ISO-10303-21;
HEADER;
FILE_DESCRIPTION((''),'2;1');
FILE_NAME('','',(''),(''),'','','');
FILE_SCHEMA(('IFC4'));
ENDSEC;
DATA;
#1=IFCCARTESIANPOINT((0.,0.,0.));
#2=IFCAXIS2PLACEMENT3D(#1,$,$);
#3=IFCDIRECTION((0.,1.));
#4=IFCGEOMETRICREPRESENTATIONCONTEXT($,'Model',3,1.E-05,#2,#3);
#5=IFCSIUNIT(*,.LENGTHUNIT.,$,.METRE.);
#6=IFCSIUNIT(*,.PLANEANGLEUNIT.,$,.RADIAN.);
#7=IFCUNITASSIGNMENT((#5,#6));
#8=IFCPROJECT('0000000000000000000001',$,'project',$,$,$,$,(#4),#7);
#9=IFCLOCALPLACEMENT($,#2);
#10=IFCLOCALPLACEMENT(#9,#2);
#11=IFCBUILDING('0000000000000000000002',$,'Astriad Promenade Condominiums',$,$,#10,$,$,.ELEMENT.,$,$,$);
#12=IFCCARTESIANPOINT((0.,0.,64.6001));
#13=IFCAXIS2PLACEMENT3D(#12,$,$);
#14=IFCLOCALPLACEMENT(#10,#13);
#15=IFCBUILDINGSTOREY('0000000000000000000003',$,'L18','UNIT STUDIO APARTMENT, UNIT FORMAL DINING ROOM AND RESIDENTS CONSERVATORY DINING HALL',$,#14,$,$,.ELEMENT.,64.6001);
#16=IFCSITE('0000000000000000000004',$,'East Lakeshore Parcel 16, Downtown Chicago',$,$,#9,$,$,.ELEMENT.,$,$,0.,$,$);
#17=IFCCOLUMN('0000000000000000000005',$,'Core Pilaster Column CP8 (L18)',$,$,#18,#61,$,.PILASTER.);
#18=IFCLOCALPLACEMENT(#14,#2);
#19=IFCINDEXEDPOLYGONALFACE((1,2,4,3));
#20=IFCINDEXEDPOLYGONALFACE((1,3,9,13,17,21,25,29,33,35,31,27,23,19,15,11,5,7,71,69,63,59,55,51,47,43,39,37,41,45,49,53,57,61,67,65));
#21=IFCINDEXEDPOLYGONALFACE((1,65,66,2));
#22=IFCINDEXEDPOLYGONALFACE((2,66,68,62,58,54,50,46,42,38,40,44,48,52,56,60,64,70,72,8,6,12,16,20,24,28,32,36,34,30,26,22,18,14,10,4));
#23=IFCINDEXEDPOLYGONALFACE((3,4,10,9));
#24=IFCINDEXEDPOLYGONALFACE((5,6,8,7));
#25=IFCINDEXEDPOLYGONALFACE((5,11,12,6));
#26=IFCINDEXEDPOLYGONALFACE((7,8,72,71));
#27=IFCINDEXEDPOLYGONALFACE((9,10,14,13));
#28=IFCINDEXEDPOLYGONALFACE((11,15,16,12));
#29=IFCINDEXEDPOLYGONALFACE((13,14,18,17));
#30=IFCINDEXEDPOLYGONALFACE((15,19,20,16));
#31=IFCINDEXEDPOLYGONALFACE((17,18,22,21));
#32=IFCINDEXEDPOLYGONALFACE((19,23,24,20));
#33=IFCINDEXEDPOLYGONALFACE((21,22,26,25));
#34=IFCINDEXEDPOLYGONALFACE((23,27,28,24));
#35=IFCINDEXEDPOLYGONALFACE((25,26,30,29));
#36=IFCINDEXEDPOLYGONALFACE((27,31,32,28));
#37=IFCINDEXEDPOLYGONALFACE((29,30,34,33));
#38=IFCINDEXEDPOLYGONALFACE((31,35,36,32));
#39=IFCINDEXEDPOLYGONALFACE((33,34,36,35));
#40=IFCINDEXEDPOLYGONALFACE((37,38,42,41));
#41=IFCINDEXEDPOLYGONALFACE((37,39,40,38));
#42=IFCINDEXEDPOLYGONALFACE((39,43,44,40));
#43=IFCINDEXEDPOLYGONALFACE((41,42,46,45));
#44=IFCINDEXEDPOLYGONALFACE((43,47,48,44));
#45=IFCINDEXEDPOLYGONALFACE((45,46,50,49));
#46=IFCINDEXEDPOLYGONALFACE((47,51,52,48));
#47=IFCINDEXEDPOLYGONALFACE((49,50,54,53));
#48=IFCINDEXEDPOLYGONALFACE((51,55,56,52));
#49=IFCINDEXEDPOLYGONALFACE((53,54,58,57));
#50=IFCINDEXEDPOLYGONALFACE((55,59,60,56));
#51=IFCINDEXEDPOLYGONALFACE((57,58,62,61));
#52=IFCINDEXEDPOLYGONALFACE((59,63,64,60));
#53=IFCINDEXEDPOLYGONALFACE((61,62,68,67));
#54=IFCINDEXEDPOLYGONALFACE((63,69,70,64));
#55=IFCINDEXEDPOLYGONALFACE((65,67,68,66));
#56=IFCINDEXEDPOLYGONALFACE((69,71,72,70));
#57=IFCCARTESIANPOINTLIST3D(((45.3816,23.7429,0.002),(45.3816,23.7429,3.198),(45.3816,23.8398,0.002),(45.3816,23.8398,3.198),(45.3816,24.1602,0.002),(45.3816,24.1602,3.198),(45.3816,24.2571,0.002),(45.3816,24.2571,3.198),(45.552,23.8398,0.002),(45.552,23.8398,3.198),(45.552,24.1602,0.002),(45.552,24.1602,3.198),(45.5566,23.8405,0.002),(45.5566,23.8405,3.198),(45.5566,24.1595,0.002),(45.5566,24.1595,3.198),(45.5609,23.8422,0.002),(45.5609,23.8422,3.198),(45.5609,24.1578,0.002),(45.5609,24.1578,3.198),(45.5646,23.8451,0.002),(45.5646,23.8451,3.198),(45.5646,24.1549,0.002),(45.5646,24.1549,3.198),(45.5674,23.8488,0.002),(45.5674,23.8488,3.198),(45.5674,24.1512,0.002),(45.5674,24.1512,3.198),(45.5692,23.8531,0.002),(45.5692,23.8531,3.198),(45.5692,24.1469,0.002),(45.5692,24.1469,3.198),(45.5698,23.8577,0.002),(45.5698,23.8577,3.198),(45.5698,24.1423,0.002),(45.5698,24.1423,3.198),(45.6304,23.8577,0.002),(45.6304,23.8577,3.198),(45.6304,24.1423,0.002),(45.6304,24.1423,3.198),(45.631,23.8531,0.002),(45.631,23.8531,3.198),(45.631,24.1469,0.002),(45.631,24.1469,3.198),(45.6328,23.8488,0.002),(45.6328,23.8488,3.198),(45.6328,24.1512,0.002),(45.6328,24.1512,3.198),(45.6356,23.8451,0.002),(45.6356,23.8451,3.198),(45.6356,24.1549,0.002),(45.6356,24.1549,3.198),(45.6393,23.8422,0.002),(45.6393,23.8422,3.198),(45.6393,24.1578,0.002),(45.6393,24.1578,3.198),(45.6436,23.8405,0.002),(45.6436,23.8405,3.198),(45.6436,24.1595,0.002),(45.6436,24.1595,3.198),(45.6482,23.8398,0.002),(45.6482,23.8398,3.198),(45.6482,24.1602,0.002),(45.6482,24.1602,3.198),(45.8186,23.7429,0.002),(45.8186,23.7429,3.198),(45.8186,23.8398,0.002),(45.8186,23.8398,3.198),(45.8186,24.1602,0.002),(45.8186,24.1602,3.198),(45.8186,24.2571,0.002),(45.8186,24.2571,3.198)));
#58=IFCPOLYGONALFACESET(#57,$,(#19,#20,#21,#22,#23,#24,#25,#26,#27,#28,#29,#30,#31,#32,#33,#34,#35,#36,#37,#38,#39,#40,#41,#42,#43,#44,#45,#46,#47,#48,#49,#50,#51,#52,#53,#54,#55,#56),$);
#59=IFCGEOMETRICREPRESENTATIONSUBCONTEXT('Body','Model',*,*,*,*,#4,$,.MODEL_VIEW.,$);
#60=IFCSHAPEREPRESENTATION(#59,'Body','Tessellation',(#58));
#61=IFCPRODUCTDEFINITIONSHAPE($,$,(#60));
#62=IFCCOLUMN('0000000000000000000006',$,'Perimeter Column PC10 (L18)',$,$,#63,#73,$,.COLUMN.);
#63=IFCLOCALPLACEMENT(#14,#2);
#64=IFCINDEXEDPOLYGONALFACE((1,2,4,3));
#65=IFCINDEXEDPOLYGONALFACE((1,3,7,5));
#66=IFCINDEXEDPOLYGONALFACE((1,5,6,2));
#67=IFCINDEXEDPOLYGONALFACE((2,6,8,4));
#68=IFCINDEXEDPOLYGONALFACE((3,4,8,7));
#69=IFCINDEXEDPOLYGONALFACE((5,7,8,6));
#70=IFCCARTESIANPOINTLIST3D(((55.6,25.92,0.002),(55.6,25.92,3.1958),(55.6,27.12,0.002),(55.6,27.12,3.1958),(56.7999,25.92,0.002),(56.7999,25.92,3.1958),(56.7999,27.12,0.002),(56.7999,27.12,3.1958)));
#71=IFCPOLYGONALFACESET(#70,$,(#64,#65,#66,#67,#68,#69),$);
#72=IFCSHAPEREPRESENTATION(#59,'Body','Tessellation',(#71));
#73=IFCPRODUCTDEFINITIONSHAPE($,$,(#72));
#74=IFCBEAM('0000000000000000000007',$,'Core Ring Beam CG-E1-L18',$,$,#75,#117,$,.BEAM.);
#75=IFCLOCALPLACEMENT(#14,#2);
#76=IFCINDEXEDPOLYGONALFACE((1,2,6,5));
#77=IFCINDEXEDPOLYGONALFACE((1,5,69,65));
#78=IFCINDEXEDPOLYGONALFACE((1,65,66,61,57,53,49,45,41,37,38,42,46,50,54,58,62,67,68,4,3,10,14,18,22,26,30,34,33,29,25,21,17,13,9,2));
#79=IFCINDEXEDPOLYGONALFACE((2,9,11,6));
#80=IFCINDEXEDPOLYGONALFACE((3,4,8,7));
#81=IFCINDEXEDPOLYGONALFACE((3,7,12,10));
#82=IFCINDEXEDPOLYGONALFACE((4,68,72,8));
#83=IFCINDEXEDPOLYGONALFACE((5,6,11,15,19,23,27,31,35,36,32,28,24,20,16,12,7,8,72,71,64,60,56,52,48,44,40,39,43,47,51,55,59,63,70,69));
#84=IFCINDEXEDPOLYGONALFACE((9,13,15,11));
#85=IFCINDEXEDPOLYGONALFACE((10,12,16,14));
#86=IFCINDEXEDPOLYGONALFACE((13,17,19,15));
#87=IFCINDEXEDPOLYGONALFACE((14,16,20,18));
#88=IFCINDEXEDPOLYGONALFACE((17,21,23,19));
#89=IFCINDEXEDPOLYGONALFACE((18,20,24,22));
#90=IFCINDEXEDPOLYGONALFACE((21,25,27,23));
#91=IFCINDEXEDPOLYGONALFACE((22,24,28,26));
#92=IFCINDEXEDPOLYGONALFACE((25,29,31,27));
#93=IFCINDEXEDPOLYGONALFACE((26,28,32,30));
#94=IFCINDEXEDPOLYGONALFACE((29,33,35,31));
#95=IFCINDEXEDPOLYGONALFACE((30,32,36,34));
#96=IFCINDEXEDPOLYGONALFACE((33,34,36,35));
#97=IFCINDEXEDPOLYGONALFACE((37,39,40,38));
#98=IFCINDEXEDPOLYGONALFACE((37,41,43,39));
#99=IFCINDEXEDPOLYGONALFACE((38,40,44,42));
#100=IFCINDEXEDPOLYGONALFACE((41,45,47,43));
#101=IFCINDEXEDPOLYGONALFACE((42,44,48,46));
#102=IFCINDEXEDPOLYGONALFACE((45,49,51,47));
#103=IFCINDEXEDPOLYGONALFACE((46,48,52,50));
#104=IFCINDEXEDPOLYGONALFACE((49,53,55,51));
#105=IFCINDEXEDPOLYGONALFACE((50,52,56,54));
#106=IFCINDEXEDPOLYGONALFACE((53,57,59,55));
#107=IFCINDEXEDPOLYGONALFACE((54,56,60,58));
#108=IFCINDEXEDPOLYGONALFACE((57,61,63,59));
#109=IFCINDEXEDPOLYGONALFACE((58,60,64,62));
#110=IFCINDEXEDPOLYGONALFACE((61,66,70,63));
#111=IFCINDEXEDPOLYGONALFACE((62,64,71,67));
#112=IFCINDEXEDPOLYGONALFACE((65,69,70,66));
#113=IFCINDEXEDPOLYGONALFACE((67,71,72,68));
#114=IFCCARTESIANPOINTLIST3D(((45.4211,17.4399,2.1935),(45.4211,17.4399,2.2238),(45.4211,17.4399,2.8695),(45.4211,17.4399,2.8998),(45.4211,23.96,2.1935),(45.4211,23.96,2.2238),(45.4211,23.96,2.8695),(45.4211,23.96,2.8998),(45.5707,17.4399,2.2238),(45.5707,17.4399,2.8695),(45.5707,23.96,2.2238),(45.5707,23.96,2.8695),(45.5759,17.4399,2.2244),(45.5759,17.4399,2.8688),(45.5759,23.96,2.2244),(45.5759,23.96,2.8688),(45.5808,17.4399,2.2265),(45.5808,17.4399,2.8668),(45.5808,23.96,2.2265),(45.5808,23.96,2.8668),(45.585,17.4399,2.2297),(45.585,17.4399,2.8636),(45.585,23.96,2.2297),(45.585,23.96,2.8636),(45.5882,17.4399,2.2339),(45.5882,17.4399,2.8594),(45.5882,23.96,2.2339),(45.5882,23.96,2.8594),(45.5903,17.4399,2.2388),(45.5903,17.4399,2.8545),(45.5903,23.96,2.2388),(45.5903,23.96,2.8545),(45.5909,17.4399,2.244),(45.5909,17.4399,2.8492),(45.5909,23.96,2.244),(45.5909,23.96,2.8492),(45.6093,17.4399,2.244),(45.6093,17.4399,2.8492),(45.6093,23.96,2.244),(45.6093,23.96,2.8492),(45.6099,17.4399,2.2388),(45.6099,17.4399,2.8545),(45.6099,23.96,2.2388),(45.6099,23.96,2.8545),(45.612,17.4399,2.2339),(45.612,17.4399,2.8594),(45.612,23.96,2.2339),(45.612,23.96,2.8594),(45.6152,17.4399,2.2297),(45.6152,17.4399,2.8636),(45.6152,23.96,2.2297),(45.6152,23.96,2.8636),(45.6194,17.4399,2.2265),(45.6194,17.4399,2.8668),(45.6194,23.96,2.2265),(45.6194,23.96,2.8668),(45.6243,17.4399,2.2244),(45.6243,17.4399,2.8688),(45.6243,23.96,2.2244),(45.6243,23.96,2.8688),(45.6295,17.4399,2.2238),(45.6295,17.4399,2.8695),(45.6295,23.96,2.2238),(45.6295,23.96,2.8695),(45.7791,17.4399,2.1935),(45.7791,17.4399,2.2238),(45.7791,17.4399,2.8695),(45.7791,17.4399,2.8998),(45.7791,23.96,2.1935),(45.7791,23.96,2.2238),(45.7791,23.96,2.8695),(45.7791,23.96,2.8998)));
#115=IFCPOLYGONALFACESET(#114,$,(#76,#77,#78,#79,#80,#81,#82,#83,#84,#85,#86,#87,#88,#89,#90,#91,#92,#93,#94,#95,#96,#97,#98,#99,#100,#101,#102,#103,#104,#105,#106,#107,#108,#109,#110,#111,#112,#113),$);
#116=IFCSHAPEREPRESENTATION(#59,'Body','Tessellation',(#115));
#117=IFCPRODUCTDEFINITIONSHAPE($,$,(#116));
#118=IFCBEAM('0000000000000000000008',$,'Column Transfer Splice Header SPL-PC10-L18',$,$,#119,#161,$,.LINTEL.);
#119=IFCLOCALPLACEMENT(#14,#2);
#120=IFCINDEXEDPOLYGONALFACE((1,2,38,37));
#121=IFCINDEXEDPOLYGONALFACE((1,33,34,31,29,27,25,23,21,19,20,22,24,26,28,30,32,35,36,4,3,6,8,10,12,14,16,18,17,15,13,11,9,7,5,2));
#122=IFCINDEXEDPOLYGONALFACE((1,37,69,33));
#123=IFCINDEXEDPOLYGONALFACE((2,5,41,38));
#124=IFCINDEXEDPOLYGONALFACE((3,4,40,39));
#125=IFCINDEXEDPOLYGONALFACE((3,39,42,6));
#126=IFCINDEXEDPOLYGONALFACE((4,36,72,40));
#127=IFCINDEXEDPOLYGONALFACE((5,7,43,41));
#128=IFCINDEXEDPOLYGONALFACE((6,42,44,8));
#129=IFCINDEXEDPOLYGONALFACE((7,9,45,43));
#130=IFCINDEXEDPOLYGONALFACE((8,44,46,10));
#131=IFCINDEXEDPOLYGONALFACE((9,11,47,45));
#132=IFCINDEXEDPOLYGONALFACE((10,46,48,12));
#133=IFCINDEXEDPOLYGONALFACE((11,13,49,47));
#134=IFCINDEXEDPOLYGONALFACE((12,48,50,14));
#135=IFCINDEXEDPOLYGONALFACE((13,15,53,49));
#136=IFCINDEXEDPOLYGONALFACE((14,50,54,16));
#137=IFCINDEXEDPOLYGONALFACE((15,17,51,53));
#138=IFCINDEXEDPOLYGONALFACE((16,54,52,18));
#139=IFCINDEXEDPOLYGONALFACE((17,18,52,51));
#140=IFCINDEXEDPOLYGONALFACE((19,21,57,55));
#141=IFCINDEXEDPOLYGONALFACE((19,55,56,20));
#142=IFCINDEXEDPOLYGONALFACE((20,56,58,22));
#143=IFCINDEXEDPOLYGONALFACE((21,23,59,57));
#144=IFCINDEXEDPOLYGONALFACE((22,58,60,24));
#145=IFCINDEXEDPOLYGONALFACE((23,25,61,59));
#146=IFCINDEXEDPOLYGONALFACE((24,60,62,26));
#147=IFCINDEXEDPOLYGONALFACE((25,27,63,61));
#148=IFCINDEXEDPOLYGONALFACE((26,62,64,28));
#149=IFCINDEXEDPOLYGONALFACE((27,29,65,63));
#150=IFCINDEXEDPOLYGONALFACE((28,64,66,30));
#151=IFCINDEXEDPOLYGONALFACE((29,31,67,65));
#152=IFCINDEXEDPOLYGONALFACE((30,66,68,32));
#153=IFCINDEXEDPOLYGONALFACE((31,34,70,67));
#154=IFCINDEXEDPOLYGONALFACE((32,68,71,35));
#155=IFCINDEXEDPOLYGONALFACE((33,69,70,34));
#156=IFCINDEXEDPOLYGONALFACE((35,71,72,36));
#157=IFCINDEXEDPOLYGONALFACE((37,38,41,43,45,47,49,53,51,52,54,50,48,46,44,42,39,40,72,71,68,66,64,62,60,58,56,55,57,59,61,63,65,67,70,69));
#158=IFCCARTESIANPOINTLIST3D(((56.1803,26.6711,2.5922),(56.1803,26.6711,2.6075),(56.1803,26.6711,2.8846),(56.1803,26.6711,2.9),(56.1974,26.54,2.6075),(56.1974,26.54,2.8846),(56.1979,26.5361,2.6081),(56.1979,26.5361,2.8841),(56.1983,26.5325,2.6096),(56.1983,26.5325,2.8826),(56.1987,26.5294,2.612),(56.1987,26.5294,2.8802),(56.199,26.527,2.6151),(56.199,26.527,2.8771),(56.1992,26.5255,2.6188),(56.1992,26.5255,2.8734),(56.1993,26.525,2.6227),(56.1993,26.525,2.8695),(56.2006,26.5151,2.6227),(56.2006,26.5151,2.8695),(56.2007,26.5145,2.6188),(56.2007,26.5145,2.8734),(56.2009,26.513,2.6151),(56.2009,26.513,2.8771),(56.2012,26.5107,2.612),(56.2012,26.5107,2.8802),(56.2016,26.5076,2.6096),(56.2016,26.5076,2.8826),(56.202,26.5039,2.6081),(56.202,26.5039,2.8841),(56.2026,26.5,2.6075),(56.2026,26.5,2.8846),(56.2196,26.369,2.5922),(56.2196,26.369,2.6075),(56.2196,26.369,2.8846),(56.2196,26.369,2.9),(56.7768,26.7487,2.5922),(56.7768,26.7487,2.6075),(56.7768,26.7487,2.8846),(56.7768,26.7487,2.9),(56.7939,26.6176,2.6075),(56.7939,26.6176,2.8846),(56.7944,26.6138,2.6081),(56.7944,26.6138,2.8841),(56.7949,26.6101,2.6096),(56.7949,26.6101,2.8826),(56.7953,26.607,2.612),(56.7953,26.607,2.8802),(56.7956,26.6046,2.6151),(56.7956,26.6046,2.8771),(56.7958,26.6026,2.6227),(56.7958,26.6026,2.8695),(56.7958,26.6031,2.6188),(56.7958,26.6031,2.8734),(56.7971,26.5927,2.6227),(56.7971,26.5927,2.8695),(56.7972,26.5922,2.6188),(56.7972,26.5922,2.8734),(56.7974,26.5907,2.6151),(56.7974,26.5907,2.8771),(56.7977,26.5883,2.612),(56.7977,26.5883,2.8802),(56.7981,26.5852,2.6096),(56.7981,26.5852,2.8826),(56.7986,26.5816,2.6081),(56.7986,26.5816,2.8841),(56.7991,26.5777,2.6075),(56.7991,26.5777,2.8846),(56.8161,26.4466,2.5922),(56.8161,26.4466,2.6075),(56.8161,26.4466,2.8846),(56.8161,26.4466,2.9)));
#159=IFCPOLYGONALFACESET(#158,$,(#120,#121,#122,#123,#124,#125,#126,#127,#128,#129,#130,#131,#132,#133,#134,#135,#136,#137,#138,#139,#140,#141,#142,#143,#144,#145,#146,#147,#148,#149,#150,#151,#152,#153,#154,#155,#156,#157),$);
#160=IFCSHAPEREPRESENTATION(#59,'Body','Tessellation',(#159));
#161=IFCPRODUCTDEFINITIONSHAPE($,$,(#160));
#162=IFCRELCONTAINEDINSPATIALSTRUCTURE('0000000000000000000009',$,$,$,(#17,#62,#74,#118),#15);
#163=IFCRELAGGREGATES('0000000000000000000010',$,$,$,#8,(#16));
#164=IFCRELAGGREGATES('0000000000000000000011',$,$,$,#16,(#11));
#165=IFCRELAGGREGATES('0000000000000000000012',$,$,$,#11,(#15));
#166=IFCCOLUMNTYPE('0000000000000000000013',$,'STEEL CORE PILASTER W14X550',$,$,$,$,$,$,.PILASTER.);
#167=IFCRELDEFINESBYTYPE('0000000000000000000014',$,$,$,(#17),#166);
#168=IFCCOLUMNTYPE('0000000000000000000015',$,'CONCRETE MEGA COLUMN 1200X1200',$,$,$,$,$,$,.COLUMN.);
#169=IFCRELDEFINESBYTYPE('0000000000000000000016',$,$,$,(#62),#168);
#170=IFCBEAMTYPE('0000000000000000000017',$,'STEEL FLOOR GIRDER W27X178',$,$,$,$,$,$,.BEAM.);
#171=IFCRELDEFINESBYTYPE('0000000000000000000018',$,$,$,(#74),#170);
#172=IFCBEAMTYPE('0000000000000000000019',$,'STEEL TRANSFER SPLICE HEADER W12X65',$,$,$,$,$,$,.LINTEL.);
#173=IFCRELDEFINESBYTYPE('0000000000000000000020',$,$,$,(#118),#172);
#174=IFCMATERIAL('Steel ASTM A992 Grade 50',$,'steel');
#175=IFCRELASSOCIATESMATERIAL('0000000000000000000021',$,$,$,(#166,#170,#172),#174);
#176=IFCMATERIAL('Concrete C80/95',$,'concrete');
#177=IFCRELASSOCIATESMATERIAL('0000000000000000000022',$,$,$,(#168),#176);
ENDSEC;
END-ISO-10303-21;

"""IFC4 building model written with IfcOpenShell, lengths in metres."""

from ifc_helpers import new_model, si_unit, direction, frame, origin, origin_2d, place, context, subcontext, project, spatial, rectangle, i_section, extrude, source, transform, mapped, material, material_profile, profile_set, type_object, type_shapes, element, save


model = new_model("IFC4")

# Units and contexts
model_context = context("Model", 3, precision=1e-05, world=origin(), true_north=direction((0.0, 1.0)))
body_context = subcontext(model_context, "Body", "Model", "MODEL_VIEW")
ifc_project = project(units=[si_unit("LENGTHUNIT", "METRE"), si_unit("PLANEANGLEUNIT", "RADIAN")], contexts=[model_context])

# Site, building, storey
site_placement = place(None, origin())
site = spatial("IfcSite", under=ifc_project, at=site_placement, Name="East Lakeshore Parcel 16, Downtown Chicago", CompositionType="ELEMENT", RefElevation=0.0)
building_placement = place(site_placement, origin())
building = spatial("IfcBuilding", under=site, at=building_placement, Name="Astriad Promenade Condominiums", CompositionType="ELEMENT")
storey_placement = place(building_placement, frame((0.0, 0.0, 64.6001)))
storey = spatial("IfcBuildingStorey", under=building, at=storey_placement, Name="L18", Description="UNIT STUDIO APARTMENT, UNIT FORMAL DINING ROOM AND RESIDENTS CONSERVATORY DINING HALL", CompositionType="ELEMENT", Elevation=64.6001)

# Columns
ifc_material_1 = material(Name="Steel ASTM A992 Grade 50", Category="steel")
ifc_material_profile_1 = material_profile(ifc_material_1, i_section(OverallWidth=0.437, OverallDepth=0.5142, WebThickness=0.0605, FlangeThickness=0.0969, FilletRadius=0.0178, at=origin_2d()), Name="W14X550")
ifc_profile_set_1 = profile_set([ifc_material_profile_1], Name="Steel ASTM A992 Grade 50")
column_type_1 = type_object("IfcColumnType", Name="STEEL CORE PILASTER W14X550", PredefinedType="PILASTER", material=ifc_profile_set_1)
shared_shape_1 = source(origin(), body_context, "Body", "SweptSolid", [
    extrude(i_section(OverallWidth=0.437, OverallDepth=0.5142, WebThickness=0.0605, FlangeThickness=0.0969, FilletRadius=0.0178, at=origin_2d()), origin(), (0.0, 0.0, 1.0), 3.196),
])
type_shapes(column_type_1, [shared_shape_1])
column_1_placement = place(storey_placement, frame((45.6001, 24.0, 0.002), z_axis=(0.0, 0.0, 1.0), x_axis=(1.0, 0.0, 0.0)))
element("IfcColumn", 1, at=column_1_placement, inside=storey, type_object=column_type_1, Name="Core Pilaster Column CP8 (L18)", PredefinedType="PILASTER", context=body_context, shape_type="MappedRepresentation", body=[
    mapped(shared_shape_1, transform((0.0, 0.0, 0.0), scale=1.0)),
])
ifc_material_2 = material(Name="Concrete C80/95", Category="concrete")
ifc_material_profile_2 = material_profile(ifc_material_2, rectangle(XDim=1.2, YDim=1.2, at=origin_2d()), Name="RC-COL-1200X1200")
ifc_profile_set_2 = profile_set([ifc_material_profile_2], Name="Concrete C80/95")
column_type_2 = type_object("IfcColumnType", Name="CONCRETE MEGA COLUMN 1200X1200", PredefinedType="COLUMN", material=ifc_profile_set_2)
shared_shape_2 = source(origin(), body_context, "Body", "SweptSolid", [
    extrude(rectangle(XDim=1.2, YDim=1.2, at=origin_2d()), origin(), (0.0, 0.0, 1.0), 3.1938),
])
type_shapes(column_type_2, [shared_shape_2])
column_2_placement = place(storey_placement, frame((56.2, 26.52, 0.002), z_axis=(0.0, 0.0, 1.0), x_axis=(1.0, 0.0, 0.0)))
element("IfcColumn", 2, at=column_2_placement, inside=storey, type_object=column_type_2, Name="Perimeter Column PC10 (L18)", PredefinedType="COLUMN", context=body_context, shape_type="MappedRepresentation", body=[
    mapped(shared_shape_2, transform((0.0, 0.0, 0.0), scale=1.0)),
])

# Beams
ifc_material_profile_3 = material_profile(ifc_material_1, i_section(OverallWidth=0.3579, OverallDepth=0.7063, WebThickness=0.0183, FlangeThickness=0.0303, FilletRadius=0.0203, at=origin_2d()), Name="W27X178")
ifc_profile_set_3 = profile_set([ifc_material_profile_3], Name="Steel ASTM A992 Grade 50")
beam_type_1 = type_object("IfcBeamType", Name="STEEL FLOOR GIRDER W27X178", PredefinedType="BEAM", material=ifc_profile_set_3)
shared_shape_3 = source(origin(), body_context, "Body", "SweptSolid", [
    extrude(i_section(OverallWidth=0.3579, OverallDepth=0.7063, WebThickness=0.0183, FlangeThickness=0.0303, FilletRadius=0.0203, at=origin_2d()), origin(), (0.0, 0.0, 1.0), 6.52),
])
type_shapes(beam_type_1, [shared_shape_3])
beam_1_placement = place(storey_placement, frame((45.6001, 17.4399, 2.5466), z_axis=(0.0, 1.0, 0.0), x_axis=(-1.0, 0.0, 0.0)))
element("IfcBeam", 3, at=beam_1_placement, inside=storey, type_object=beam_type_1, Name="Core Ring Beam CG-E1-L18", PredefinedType="BEAM", context=body_context, shape_type="MappedRepresentation", body=[
    mapped(shared_shape_3, transform((0.0, 0.0, 0.0), scale=1.0)),
])
ifc_material_profile_4 = material_profile(ifc_material_1, i_section(OverallWidth=0.3047, OverallDepth=0.3079, WebThickness=0.01, FlangeThickness=0.0154, FilletRadius=0.0151, at=origin_2d()), Name="W12X65")
ifc_profile_set_4 = profile_set([ifc_material_profile_4], Name="Steel ASTM A992 Grade 50")
beam_type_2 = type_object("IfcBeamType", Name="STEEL TRANSFER SPLICE HEADER W12X65", PredefinedType="LINTEL", material=ifc_profile_set_4)
shared_shape_4 = source(origin(), body_context, "Body", "SweptSolid", [
    extrude(i_section(OverallWidth=0.3047, OverallDepth=0.3079, WebThickness=0.01, FlangeThickness=0.0154, FilletRadius=0.0151, at=origin_2d()), origin(), (0.0, 0.0, 1.0), 0.6016),
])
type_shapes(beam_type_2, [shared_shape_4])
beam_2_placement = place(storey_placement, frame((56.2, 26.52, 2.7461), z_axis=(0.991634, 0.129079, 0.0), x_axis=(-0.129079, 0.991634, 0.0)))
element("IfcBeam", 4, at=beam_2_placement, inside=storey, type_object=beam_type_2, Name="Column Transfer Splice Header SPL-PC10-L18", PredefinedType="LINTEL", context=body_context, shape_type="MappedRepresentation", body=[
    mapped(shared_shape_4, transform((0.0, 0.0, 0.0), scale=1.0)),
])

save(model, "model.ifc")
